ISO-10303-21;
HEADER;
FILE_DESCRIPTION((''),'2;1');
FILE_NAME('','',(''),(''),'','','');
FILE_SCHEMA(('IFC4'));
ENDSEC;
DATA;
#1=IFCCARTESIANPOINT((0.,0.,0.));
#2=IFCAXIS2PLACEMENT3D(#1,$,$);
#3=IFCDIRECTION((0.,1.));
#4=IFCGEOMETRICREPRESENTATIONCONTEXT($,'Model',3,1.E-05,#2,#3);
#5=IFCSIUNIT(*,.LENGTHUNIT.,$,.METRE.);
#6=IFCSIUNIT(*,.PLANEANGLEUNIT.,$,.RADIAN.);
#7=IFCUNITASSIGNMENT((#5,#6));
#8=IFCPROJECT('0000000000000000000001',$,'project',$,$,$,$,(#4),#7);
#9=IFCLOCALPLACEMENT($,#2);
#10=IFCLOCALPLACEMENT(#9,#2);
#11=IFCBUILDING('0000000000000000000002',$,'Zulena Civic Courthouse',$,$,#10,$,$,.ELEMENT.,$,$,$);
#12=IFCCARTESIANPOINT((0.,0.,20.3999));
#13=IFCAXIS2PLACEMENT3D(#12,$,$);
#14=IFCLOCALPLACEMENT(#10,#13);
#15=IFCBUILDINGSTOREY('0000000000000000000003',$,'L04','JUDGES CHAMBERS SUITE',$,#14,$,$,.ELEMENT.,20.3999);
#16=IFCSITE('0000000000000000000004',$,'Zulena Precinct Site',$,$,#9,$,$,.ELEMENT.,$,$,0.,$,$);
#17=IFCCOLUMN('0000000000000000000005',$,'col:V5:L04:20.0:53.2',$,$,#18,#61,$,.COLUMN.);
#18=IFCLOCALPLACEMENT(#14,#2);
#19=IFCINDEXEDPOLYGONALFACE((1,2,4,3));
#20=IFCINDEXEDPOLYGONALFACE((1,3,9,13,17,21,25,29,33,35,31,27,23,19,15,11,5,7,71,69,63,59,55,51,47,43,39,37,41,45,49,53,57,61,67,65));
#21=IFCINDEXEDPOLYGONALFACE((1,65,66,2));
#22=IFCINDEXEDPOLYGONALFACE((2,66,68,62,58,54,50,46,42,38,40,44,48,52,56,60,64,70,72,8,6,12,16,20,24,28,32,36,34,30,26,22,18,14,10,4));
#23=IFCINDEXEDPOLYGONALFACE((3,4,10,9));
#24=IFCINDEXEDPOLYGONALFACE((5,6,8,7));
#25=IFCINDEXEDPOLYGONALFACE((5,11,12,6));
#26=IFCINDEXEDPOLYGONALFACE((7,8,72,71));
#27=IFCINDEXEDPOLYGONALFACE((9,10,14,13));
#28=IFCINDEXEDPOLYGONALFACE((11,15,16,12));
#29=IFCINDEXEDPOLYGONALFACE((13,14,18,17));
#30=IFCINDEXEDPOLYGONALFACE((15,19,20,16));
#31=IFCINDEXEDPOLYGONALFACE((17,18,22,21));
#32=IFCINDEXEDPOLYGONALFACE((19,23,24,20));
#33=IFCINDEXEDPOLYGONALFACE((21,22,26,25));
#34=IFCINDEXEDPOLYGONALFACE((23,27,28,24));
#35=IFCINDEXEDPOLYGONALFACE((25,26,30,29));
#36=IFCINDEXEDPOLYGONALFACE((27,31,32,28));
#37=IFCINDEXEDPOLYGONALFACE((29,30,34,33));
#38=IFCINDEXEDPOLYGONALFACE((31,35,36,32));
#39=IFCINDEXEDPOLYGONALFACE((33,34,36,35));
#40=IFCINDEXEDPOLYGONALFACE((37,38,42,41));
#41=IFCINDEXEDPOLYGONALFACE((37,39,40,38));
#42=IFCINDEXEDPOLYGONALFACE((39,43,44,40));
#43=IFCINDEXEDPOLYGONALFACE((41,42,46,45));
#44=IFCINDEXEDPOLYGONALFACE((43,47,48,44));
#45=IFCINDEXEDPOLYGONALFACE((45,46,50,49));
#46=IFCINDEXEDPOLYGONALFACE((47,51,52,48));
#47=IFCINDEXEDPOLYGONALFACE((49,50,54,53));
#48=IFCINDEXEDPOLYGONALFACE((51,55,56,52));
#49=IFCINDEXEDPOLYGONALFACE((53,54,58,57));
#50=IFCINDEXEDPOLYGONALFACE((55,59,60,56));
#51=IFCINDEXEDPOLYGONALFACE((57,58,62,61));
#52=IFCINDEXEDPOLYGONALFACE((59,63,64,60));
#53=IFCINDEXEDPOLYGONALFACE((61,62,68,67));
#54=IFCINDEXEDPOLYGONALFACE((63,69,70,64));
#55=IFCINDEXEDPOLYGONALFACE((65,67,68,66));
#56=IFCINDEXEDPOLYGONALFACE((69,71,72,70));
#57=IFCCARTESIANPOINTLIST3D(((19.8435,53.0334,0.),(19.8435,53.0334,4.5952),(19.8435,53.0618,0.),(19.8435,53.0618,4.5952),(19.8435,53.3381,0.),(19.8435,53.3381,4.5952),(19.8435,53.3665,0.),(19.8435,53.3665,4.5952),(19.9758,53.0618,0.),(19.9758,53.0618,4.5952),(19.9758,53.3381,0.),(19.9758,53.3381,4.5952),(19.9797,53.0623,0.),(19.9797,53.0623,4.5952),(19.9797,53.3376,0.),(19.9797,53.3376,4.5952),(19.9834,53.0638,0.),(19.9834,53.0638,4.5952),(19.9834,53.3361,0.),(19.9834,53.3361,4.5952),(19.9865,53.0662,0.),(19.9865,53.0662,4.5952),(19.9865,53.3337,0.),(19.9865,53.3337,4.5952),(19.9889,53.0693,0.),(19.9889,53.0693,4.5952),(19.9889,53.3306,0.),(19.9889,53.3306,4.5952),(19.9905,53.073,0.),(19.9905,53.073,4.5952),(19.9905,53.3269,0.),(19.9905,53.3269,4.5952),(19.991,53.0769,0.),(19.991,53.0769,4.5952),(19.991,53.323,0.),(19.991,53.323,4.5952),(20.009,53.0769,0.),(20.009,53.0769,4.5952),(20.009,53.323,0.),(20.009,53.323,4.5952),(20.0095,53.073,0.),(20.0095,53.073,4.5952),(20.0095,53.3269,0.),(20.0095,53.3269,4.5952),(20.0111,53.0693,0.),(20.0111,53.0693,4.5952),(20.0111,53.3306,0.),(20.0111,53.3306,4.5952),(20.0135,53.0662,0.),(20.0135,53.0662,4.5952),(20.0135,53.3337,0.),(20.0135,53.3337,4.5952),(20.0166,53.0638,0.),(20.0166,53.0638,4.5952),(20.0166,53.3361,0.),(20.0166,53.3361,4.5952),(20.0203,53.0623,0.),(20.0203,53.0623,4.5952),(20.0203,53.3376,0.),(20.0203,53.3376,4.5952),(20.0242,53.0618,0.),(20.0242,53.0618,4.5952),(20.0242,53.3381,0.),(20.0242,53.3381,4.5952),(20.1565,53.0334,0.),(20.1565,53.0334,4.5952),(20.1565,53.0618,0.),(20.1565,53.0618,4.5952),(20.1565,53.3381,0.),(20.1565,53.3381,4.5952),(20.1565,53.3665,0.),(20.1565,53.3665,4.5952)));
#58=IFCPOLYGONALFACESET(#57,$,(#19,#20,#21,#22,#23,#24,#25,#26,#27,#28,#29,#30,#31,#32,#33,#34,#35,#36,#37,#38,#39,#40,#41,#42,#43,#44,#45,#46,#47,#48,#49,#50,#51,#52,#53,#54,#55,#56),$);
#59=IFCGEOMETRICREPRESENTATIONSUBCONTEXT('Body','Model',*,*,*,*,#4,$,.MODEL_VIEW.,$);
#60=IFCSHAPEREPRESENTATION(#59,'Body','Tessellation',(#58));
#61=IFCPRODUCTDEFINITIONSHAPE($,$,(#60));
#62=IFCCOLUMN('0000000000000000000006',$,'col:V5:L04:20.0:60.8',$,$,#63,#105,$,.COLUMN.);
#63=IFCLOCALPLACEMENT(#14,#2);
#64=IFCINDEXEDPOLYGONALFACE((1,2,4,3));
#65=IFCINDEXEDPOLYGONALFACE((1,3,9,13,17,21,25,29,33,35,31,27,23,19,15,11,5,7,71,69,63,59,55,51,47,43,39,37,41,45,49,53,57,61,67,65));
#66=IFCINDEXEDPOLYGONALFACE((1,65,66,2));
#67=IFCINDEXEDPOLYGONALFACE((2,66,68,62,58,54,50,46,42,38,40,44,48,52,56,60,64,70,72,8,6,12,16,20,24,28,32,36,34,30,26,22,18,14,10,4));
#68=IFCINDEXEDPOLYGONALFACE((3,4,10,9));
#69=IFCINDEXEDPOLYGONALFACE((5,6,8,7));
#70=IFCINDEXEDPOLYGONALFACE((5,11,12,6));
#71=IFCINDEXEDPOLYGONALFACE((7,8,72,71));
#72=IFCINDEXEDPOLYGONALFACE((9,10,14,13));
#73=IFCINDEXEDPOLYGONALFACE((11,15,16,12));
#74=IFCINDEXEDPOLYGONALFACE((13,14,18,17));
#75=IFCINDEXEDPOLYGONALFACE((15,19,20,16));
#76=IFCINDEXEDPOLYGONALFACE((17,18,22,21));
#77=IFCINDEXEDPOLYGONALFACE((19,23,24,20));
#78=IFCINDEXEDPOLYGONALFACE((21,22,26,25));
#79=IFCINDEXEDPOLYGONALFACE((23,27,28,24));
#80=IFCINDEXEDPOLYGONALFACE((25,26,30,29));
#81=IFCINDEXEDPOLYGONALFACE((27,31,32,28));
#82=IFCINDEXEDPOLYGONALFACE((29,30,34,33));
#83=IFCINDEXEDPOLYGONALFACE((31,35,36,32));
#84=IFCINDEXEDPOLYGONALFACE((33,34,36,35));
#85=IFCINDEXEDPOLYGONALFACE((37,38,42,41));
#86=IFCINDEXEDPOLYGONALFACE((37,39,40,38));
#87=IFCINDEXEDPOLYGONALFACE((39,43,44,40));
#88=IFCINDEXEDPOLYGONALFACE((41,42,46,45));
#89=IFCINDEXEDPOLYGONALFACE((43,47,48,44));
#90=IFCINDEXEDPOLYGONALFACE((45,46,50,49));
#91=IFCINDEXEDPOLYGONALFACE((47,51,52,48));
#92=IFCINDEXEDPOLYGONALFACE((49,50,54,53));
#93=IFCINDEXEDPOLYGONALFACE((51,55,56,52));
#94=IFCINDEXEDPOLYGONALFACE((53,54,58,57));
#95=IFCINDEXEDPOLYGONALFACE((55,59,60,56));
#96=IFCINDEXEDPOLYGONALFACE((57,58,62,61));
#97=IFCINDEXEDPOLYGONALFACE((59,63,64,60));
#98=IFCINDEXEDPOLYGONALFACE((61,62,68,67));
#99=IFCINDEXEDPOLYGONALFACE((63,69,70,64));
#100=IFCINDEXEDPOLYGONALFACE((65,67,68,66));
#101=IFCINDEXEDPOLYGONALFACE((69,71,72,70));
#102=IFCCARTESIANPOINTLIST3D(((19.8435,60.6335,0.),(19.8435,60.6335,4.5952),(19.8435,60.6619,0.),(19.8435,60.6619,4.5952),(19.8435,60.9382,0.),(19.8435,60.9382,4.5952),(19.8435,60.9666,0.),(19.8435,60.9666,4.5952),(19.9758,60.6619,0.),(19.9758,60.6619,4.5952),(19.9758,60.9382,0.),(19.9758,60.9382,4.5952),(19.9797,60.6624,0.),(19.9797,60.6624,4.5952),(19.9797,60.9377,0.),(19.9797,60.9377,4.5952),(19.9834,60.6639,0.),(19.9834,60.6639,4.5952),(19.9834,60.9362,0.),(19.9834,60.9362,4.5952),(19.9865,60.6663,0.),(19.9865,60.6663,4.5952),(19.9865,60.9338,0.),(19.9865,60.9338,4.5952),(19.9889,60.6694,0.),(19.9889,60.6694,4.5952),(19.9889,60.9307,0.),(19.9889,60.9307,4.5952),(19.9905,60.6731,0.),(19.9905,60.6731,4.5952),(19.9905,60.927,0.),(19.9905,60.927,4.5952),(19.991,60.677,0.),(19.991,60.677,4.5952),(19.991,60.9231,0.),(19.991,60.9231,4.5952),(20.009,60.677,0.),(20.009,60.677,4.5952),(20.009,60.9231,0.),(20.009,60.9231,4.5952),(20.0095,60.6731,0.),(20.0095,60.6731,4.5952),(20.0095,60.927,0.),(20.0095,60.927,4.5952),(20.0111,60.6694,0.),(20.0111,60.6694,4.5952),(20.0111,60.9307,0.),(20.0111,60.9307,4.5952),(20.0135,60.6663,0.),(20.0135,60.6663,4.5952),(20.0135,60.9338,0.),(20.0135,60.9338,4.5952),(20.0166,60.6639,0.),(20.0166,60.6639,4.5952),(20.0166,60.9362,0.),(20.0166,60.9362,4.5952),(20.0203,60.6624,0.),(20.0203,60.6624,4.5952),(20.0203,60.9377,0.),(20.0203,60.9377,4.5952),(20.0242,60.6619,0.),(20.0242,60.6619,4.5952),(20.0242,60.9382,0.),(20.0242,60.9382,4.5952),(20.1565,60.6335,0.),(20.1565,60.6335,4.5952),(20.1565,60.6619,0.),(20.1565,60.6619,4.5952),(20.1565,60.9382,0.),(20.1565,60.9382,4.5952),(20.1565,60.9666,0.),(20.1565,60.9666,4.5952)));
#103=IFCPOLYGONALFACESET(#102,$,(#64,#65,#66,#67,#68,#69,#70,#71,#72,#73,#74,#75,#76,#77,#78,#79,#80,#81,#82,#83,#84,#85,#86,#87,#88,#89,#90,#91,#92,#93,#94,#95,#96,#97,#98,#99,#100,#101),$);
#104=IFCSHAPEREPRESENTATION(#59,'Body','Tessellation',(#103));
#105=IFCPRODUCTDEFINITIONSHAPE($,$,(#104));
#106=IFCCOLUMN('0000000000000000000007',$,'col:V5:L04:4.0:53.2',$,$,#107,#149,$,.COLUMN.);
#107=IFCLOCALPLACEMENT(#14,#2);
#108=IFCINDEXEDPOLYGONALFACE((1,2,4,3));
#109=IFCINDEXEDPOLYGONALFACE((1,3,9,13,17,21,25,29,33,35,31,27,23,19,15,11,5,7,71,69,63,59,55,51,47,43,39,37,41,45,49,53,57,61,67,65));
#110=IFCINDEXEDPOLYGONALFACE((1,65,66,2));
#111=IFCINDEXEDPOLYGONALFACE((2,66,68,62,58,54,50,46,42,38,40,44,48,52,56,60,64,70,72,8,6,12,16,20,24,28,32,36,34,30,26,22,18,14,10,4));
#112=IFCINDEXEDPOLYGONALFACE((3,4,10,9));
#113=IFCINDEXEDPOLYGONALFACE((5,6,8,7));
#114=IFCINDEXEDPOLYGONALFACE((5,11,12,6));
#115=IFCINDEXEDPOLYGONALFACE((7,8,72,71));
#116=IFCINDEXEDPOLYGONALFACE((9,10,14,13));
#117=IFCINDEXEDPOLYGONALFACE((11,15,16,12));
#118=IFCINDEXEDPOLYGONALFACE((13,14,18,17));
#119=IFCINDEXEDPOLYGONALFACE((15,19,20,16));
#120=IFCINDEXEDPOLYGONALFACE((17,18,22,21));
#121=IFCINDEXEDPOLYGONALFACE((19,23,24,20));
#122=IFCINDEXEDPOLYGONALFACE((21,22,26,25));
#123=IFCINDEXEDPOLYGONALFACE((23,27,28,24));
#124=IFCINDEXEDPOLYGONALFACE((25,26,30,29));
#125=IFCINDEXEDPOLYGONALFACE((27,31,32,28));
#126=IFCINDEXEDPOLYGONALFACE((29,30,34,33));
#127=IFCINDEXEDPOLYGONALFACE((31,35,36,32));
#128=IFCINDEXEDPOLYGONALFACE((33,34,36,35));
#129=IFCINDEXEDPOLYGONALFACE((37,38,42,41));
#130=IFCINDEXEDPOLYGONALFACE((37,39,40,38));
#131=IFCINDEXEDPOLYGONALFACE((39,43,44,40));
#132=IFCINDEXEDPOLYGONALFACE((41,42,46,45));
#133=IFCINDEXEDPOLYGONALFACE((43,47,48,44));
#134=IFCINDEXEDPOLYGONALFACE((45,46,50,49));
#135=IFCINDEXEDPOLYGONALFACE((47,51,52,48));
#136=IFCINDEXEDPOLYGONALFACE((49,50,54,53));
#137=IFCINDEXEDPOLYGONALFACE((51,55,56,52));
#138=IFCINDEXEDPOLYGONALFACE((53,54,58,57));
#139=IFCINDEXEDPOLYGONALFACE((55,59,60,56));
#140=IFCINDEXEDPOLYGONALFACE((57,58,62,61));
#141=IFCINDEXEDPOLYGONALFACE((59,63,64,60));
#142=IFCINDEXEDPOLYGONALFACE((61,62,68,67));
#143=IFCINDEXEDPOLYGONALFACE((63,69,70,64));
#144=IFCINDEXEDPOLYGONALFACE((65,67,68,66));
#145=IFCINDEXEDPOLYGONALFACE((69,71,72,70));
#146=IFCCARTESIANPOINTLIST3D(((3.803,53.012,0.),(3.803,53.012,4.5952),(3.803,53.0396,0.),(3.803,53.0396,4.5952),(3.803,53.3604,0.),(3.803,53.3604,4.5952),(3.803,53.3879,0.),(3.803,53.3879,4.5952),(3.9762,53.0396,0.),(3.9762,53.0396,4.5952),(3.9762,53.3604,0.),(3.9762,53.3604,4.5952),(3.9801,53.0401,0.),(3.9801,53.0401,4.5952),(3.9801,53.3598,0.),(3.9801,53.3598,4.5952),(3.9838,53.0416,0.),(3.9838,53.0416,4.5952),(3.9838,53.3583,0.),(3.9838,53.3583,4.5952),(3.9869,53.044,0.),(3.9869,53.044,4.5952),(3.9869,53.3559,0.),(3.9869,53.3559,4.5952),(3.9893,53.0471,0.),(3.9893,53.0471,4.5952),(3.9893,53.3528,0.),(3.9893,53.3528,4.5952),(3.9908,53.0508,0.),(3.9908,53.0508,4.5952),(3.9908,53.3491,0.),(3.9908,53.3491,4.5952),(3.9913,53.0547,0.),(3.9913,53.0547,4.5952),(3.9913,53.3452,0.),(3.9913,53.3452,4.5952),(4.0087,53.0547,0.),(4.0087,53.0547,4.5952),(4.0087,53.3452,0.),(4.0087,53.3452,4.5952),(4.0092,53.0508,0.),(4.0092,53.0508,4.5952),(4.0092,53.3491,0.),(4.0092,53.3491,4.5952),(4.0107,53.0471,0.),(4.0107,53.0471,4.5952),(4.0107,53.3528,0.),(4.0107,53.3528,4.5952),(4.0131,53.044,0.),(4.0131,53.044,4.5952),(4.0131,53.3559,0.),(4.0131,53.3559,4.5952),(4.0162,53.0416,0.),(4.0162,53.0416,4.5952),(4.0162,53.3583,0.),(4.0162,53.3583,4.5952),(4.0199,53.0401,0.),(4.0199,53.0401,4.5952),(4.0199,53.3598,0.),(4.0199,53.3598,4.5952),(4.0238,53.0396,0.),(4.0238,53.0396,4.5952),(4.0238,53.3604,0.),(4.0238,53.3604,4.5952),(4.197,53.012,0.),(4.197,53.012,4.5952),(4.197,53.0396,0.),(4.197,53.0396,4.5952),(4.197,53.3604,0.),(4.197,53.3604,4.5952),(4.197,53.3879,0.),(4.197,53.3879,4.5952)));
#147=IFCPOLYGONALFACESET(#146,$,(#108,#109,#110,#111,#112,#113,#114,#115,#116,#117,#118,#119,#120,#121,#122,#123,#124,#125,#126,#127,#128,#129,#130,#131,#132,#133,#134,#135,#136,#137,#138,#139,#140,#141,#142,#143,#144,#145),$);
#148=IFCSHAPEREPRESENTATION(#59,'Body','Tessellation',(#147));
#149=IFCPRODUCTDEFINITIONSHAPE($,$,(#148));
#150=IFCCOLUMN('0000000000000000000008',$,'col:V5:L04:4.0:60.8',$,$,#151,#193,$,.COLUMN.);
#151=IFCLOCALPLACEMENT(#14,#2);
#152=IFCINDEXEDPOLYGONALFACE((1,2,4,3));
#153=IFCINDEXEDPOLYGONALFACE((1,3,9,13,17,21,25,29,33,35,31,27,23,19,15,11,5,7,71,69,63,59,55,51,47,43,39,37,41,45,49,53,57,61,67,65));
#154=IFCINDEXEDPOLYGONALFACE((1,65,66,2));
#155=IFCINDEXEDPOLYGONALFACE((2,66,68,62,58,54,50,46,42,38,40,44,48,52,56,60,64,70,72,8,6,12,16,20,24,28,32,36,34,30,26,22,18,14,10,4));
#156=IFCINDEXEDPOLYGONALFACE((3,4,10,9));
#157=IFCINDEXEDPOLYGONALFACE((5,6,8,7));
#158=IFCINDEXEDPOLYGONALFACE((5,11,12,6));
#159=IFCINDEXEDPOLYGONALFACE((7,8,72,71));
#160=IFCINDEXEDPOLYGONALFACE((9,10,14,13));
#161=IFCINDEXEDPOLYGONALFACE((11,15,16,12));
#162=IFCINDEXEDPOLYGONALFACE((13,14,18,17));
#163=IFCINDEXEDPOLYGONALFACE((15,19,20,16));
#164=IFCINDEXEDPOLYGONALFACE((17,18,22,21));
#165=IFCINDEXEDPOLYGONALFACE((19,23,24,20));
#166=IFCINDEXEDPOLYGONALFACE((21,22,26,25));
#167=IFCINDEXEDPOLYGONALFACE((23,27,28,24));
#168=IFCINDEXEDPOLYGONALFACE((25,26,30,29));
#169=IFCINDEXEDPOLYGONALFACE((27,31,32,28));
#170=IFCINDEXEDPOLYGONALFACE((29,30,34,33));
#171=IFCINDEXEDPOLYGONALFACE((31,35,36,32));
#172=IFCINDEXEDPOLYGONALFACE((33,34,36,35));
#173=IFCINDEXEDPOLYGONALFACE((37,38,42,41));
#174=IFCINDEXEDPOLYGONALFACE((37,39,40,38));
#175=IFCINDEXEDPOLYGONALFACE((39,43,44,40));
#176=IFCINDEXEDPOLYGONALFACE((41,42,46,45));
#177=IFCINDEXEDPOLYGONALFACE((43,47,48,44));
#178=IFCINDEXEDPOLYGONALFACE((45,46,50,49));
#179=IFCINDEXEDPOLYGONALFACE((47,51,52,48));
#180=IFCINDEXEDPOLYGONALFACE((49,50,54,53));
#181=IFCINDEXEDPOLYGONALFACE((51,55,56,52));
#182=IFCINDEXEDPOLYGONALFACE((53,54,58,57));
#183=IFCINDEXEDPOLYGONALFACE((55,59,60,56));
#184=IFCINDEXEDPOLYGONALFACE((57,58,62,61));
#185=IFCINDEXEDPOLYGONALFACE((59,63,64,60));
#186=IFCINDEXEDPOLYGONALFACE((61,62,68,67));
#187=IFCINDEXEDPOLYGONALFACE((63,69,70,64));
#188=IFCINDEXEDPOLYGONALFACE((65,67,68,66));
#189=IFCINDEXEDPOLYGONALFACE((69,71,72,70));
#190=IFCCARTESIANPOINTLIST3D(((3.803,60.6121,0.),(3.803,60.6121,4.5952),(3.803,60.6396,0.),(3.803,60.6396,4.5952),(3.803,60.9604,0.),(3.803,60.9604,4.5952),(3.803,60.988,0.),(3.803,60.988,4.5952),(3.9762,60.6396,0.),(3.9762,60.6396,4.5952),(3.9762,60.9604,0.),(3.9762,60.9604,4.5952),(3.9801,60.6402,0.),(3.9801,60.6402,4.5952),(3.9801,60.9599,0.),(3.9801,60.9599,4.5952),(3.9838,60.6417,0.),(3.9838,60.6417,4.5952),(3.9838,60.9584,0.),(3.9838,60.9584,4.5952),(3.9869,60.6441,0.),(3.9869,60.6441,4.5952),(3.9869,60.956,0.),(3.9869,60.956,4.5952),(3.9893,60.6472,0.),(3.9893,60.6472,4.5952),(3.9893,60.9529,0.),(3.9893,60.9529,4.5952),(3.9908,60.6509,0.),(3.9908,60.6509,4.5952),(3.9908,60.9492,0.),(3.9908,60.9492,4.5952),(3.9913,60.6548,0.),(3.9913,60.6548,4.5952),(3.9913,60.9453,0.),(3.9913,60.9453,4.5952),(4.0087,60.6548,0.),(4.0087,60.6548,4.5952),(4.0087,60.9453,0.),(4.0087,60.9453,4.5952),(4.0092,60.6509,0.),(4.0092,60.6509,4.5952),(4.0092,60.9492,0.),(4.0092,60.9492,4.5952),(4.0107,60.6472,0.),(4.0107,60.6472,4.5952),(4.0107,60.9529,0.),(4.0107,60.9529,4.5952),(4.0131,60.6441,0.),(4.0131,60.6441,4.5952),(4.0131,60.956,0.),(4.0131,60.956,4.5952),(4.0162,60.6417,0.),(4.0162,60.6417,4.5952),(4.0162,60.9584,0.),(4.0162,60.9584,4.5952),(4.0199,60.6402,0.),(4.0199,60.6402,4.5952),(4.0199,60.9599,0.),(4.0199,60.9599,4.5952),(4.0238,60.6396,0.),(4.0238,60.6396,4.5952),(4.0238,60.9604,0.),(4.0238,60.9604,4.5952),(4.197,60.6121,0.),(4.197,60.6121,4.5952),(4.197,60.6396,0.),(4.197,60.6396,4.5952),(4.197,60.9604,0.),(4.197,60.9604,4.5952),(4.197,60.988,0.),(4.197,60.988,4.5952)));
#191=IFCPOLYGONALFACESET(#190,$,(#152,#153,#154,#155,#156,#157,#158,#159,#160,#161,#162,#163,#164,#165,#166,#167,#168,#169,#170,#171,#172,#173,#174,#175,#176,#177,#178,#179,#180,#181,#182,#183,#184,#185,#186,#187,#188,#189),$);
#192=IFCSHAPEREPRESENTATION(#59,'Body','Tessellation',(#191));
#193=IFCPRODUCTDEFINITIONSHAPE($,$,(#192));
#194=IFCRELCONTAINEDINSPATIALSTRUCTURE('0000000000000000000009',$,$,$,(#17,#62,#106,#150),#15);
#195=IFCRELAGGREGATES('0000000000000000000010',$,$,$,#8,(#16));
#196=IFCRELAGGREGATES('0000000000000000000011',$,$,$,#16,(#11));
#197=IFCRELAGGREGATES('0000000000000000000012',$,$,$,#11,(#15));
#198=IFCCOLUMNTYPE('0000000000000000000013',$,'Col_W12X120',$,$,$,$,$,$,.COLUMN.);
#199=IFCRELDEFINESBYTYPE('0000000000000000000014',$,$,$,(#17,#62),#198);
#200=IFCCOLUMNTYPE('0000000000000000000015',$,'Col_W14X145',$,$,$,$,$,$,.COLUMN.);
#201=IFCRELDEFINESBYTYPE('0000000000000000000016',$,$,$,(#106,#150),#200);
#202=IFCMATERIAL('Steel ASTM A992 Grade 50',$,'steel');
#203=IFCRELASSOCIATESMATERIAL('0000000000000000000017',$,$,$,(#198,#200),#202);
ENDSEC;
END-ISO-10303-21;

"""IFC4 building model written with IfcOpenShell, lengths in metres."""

from ifc_helpers import new_model, si_unit, direction, frame, origin, origin_2d, place, context, subcontext, project, spatial, i_section, extrude, material, material_profile, profile_set, type_object, element, save


model = new_model("IFC4")

# Units and contexts
model_context = context("Model", 3, precision=1e-05, world=origin(), true_north=direction((0.0, 1.0)))
body_context = subcontext(model_context, "Body", "Model", "MODEL_VIEW")
ifc_project = project(units=[si_unit("LENGTHUNIT", "METRE"), si_unit("PLANEANGLEUNIT", "RADIAN")], contexts=[model_context])

# Site, building, storey
site_placement = place(None, origin())
site = spatial("IfcSite", under=ifc_project, at=site_placement, Name="Zulena Precinct Site", CompositionType="ELEMENT", RefElevation=0.0)
building_placement = place(site_placement, origin())
building = spatial("IfcBuilding", under=site, at=building_placement, Name="Zulena Civic Courthouse", CompositionType="ELEMENT")
storey_placement = place(building_placement, frame((0.0, 0.0, 20.3999)))
storey = spatial("IfcBuildingStorey", under=building, at=storey_placement, Name="L04", Description="JUDGES CHAMBERS SUITE", CompositionType="ELEMENT", Elevation=20.3999)

# Columns
ifc_material_1 = material(Name="Steel ASTM A992 Grade 50", Category="steel")
ifc_material_profile_1 = material_profile(ifc_material_1, i_section(OverallWidth=0.313, OverallDepth=0.333, WebThickness=0.0181, FlangeThickness=0.0283, FilletRadius=0.0151, at=origin_2d()), Name="W12X120")
ifc_profile_set_1 = profile_set([ifc_material_profile_1], Name="Steel ASTM A992 Grade 50")
column_type_1 = type_object("IfcColumnType", Name="Col_W12X120", PredefinedType="COLUMN", material=ifc_profile_set_1)
for number, where, z_axis, x_axis, name in (
    (1, (20.0, 53.2, 0.0), (0.0, 0.0, 1.0), (1.0, 0.0, 0.0), "col:V5:L04:20.0:53.2"),
    (2, (20.0, 60.8, 0.0), (0.0, 0.0, 1.0), (1.0, 0.0, 0.0), "col:V5:L04:20.0:60.8"),
):
    element("IfcColumn", number, at=place(storey_placement, frame(where, z_axis=z_axis, x_axis=x_axis)), inside=storey, type_object=column_type_1, Name=name, PredefinedType="COLUMN", context=body_context, shape_type="SweptSolid", body=[
        extrude(i_section(OverallWidth=0.313, OverallDepth=0.333, WebThickness=0.0181, FlangeThickness=0.0283, FilletRadius=0.0151, at=origin_2d()), origin(), (0.0, 0.0, 1.0), 4.5952),
    ])
ifc_material_profile_2 = material_profile(ifc_material_1, i_section(OverallWidth=0.394, OverallDepth=0.376, WebThickness=0.0173, FlangeThickness=0.0276, FilletRadius=0.0151, at=origin_2d()), Name="W14X145")
ifc_profile_set_2 = profile_set([ifc_material_profile_2], Name="Steel ASTM A992 Grade 50")
column_type_2 = type_object("IfcColumnType", Name="Col_W14X145", PredefinedType="COLUMN", material=ifc_profile_set_2)
for number, where, z_axis, x_axis, name in (
    (3, (4.0, 53.2, 0.0), (0.0, 0.0, 1.0), (1.0, 0.0, 0.0), "col:V5:L04:4.0:53.2"),
    (4, (4.0, 60.8, 0.0), (0.0, 0.0, 1.0), (1.0, 0.0, 0.0), "col:V5:L04:4.0:60.8"),
):
    element("IfcColumn", number, at=place(storey_placement, frame(where, z_axis=z_axis, x_axis=x_axis)), inside=storey, type_object=column_type_2, Name=name, PredefinedType="COLUMN", context=body_context, shape_type="SweptSolid", body=[
        extrude(i_section(OverallWidth=0.394, OverallDepth=0.376, WebThickness=0.0173, FlangeThickness=0.0276, FilletRadius=0.0151, at=origin_2d()), origin(), (0.0, 0.0, 1.0), 4.5952),
    ])

save(model, "model.ifc")
